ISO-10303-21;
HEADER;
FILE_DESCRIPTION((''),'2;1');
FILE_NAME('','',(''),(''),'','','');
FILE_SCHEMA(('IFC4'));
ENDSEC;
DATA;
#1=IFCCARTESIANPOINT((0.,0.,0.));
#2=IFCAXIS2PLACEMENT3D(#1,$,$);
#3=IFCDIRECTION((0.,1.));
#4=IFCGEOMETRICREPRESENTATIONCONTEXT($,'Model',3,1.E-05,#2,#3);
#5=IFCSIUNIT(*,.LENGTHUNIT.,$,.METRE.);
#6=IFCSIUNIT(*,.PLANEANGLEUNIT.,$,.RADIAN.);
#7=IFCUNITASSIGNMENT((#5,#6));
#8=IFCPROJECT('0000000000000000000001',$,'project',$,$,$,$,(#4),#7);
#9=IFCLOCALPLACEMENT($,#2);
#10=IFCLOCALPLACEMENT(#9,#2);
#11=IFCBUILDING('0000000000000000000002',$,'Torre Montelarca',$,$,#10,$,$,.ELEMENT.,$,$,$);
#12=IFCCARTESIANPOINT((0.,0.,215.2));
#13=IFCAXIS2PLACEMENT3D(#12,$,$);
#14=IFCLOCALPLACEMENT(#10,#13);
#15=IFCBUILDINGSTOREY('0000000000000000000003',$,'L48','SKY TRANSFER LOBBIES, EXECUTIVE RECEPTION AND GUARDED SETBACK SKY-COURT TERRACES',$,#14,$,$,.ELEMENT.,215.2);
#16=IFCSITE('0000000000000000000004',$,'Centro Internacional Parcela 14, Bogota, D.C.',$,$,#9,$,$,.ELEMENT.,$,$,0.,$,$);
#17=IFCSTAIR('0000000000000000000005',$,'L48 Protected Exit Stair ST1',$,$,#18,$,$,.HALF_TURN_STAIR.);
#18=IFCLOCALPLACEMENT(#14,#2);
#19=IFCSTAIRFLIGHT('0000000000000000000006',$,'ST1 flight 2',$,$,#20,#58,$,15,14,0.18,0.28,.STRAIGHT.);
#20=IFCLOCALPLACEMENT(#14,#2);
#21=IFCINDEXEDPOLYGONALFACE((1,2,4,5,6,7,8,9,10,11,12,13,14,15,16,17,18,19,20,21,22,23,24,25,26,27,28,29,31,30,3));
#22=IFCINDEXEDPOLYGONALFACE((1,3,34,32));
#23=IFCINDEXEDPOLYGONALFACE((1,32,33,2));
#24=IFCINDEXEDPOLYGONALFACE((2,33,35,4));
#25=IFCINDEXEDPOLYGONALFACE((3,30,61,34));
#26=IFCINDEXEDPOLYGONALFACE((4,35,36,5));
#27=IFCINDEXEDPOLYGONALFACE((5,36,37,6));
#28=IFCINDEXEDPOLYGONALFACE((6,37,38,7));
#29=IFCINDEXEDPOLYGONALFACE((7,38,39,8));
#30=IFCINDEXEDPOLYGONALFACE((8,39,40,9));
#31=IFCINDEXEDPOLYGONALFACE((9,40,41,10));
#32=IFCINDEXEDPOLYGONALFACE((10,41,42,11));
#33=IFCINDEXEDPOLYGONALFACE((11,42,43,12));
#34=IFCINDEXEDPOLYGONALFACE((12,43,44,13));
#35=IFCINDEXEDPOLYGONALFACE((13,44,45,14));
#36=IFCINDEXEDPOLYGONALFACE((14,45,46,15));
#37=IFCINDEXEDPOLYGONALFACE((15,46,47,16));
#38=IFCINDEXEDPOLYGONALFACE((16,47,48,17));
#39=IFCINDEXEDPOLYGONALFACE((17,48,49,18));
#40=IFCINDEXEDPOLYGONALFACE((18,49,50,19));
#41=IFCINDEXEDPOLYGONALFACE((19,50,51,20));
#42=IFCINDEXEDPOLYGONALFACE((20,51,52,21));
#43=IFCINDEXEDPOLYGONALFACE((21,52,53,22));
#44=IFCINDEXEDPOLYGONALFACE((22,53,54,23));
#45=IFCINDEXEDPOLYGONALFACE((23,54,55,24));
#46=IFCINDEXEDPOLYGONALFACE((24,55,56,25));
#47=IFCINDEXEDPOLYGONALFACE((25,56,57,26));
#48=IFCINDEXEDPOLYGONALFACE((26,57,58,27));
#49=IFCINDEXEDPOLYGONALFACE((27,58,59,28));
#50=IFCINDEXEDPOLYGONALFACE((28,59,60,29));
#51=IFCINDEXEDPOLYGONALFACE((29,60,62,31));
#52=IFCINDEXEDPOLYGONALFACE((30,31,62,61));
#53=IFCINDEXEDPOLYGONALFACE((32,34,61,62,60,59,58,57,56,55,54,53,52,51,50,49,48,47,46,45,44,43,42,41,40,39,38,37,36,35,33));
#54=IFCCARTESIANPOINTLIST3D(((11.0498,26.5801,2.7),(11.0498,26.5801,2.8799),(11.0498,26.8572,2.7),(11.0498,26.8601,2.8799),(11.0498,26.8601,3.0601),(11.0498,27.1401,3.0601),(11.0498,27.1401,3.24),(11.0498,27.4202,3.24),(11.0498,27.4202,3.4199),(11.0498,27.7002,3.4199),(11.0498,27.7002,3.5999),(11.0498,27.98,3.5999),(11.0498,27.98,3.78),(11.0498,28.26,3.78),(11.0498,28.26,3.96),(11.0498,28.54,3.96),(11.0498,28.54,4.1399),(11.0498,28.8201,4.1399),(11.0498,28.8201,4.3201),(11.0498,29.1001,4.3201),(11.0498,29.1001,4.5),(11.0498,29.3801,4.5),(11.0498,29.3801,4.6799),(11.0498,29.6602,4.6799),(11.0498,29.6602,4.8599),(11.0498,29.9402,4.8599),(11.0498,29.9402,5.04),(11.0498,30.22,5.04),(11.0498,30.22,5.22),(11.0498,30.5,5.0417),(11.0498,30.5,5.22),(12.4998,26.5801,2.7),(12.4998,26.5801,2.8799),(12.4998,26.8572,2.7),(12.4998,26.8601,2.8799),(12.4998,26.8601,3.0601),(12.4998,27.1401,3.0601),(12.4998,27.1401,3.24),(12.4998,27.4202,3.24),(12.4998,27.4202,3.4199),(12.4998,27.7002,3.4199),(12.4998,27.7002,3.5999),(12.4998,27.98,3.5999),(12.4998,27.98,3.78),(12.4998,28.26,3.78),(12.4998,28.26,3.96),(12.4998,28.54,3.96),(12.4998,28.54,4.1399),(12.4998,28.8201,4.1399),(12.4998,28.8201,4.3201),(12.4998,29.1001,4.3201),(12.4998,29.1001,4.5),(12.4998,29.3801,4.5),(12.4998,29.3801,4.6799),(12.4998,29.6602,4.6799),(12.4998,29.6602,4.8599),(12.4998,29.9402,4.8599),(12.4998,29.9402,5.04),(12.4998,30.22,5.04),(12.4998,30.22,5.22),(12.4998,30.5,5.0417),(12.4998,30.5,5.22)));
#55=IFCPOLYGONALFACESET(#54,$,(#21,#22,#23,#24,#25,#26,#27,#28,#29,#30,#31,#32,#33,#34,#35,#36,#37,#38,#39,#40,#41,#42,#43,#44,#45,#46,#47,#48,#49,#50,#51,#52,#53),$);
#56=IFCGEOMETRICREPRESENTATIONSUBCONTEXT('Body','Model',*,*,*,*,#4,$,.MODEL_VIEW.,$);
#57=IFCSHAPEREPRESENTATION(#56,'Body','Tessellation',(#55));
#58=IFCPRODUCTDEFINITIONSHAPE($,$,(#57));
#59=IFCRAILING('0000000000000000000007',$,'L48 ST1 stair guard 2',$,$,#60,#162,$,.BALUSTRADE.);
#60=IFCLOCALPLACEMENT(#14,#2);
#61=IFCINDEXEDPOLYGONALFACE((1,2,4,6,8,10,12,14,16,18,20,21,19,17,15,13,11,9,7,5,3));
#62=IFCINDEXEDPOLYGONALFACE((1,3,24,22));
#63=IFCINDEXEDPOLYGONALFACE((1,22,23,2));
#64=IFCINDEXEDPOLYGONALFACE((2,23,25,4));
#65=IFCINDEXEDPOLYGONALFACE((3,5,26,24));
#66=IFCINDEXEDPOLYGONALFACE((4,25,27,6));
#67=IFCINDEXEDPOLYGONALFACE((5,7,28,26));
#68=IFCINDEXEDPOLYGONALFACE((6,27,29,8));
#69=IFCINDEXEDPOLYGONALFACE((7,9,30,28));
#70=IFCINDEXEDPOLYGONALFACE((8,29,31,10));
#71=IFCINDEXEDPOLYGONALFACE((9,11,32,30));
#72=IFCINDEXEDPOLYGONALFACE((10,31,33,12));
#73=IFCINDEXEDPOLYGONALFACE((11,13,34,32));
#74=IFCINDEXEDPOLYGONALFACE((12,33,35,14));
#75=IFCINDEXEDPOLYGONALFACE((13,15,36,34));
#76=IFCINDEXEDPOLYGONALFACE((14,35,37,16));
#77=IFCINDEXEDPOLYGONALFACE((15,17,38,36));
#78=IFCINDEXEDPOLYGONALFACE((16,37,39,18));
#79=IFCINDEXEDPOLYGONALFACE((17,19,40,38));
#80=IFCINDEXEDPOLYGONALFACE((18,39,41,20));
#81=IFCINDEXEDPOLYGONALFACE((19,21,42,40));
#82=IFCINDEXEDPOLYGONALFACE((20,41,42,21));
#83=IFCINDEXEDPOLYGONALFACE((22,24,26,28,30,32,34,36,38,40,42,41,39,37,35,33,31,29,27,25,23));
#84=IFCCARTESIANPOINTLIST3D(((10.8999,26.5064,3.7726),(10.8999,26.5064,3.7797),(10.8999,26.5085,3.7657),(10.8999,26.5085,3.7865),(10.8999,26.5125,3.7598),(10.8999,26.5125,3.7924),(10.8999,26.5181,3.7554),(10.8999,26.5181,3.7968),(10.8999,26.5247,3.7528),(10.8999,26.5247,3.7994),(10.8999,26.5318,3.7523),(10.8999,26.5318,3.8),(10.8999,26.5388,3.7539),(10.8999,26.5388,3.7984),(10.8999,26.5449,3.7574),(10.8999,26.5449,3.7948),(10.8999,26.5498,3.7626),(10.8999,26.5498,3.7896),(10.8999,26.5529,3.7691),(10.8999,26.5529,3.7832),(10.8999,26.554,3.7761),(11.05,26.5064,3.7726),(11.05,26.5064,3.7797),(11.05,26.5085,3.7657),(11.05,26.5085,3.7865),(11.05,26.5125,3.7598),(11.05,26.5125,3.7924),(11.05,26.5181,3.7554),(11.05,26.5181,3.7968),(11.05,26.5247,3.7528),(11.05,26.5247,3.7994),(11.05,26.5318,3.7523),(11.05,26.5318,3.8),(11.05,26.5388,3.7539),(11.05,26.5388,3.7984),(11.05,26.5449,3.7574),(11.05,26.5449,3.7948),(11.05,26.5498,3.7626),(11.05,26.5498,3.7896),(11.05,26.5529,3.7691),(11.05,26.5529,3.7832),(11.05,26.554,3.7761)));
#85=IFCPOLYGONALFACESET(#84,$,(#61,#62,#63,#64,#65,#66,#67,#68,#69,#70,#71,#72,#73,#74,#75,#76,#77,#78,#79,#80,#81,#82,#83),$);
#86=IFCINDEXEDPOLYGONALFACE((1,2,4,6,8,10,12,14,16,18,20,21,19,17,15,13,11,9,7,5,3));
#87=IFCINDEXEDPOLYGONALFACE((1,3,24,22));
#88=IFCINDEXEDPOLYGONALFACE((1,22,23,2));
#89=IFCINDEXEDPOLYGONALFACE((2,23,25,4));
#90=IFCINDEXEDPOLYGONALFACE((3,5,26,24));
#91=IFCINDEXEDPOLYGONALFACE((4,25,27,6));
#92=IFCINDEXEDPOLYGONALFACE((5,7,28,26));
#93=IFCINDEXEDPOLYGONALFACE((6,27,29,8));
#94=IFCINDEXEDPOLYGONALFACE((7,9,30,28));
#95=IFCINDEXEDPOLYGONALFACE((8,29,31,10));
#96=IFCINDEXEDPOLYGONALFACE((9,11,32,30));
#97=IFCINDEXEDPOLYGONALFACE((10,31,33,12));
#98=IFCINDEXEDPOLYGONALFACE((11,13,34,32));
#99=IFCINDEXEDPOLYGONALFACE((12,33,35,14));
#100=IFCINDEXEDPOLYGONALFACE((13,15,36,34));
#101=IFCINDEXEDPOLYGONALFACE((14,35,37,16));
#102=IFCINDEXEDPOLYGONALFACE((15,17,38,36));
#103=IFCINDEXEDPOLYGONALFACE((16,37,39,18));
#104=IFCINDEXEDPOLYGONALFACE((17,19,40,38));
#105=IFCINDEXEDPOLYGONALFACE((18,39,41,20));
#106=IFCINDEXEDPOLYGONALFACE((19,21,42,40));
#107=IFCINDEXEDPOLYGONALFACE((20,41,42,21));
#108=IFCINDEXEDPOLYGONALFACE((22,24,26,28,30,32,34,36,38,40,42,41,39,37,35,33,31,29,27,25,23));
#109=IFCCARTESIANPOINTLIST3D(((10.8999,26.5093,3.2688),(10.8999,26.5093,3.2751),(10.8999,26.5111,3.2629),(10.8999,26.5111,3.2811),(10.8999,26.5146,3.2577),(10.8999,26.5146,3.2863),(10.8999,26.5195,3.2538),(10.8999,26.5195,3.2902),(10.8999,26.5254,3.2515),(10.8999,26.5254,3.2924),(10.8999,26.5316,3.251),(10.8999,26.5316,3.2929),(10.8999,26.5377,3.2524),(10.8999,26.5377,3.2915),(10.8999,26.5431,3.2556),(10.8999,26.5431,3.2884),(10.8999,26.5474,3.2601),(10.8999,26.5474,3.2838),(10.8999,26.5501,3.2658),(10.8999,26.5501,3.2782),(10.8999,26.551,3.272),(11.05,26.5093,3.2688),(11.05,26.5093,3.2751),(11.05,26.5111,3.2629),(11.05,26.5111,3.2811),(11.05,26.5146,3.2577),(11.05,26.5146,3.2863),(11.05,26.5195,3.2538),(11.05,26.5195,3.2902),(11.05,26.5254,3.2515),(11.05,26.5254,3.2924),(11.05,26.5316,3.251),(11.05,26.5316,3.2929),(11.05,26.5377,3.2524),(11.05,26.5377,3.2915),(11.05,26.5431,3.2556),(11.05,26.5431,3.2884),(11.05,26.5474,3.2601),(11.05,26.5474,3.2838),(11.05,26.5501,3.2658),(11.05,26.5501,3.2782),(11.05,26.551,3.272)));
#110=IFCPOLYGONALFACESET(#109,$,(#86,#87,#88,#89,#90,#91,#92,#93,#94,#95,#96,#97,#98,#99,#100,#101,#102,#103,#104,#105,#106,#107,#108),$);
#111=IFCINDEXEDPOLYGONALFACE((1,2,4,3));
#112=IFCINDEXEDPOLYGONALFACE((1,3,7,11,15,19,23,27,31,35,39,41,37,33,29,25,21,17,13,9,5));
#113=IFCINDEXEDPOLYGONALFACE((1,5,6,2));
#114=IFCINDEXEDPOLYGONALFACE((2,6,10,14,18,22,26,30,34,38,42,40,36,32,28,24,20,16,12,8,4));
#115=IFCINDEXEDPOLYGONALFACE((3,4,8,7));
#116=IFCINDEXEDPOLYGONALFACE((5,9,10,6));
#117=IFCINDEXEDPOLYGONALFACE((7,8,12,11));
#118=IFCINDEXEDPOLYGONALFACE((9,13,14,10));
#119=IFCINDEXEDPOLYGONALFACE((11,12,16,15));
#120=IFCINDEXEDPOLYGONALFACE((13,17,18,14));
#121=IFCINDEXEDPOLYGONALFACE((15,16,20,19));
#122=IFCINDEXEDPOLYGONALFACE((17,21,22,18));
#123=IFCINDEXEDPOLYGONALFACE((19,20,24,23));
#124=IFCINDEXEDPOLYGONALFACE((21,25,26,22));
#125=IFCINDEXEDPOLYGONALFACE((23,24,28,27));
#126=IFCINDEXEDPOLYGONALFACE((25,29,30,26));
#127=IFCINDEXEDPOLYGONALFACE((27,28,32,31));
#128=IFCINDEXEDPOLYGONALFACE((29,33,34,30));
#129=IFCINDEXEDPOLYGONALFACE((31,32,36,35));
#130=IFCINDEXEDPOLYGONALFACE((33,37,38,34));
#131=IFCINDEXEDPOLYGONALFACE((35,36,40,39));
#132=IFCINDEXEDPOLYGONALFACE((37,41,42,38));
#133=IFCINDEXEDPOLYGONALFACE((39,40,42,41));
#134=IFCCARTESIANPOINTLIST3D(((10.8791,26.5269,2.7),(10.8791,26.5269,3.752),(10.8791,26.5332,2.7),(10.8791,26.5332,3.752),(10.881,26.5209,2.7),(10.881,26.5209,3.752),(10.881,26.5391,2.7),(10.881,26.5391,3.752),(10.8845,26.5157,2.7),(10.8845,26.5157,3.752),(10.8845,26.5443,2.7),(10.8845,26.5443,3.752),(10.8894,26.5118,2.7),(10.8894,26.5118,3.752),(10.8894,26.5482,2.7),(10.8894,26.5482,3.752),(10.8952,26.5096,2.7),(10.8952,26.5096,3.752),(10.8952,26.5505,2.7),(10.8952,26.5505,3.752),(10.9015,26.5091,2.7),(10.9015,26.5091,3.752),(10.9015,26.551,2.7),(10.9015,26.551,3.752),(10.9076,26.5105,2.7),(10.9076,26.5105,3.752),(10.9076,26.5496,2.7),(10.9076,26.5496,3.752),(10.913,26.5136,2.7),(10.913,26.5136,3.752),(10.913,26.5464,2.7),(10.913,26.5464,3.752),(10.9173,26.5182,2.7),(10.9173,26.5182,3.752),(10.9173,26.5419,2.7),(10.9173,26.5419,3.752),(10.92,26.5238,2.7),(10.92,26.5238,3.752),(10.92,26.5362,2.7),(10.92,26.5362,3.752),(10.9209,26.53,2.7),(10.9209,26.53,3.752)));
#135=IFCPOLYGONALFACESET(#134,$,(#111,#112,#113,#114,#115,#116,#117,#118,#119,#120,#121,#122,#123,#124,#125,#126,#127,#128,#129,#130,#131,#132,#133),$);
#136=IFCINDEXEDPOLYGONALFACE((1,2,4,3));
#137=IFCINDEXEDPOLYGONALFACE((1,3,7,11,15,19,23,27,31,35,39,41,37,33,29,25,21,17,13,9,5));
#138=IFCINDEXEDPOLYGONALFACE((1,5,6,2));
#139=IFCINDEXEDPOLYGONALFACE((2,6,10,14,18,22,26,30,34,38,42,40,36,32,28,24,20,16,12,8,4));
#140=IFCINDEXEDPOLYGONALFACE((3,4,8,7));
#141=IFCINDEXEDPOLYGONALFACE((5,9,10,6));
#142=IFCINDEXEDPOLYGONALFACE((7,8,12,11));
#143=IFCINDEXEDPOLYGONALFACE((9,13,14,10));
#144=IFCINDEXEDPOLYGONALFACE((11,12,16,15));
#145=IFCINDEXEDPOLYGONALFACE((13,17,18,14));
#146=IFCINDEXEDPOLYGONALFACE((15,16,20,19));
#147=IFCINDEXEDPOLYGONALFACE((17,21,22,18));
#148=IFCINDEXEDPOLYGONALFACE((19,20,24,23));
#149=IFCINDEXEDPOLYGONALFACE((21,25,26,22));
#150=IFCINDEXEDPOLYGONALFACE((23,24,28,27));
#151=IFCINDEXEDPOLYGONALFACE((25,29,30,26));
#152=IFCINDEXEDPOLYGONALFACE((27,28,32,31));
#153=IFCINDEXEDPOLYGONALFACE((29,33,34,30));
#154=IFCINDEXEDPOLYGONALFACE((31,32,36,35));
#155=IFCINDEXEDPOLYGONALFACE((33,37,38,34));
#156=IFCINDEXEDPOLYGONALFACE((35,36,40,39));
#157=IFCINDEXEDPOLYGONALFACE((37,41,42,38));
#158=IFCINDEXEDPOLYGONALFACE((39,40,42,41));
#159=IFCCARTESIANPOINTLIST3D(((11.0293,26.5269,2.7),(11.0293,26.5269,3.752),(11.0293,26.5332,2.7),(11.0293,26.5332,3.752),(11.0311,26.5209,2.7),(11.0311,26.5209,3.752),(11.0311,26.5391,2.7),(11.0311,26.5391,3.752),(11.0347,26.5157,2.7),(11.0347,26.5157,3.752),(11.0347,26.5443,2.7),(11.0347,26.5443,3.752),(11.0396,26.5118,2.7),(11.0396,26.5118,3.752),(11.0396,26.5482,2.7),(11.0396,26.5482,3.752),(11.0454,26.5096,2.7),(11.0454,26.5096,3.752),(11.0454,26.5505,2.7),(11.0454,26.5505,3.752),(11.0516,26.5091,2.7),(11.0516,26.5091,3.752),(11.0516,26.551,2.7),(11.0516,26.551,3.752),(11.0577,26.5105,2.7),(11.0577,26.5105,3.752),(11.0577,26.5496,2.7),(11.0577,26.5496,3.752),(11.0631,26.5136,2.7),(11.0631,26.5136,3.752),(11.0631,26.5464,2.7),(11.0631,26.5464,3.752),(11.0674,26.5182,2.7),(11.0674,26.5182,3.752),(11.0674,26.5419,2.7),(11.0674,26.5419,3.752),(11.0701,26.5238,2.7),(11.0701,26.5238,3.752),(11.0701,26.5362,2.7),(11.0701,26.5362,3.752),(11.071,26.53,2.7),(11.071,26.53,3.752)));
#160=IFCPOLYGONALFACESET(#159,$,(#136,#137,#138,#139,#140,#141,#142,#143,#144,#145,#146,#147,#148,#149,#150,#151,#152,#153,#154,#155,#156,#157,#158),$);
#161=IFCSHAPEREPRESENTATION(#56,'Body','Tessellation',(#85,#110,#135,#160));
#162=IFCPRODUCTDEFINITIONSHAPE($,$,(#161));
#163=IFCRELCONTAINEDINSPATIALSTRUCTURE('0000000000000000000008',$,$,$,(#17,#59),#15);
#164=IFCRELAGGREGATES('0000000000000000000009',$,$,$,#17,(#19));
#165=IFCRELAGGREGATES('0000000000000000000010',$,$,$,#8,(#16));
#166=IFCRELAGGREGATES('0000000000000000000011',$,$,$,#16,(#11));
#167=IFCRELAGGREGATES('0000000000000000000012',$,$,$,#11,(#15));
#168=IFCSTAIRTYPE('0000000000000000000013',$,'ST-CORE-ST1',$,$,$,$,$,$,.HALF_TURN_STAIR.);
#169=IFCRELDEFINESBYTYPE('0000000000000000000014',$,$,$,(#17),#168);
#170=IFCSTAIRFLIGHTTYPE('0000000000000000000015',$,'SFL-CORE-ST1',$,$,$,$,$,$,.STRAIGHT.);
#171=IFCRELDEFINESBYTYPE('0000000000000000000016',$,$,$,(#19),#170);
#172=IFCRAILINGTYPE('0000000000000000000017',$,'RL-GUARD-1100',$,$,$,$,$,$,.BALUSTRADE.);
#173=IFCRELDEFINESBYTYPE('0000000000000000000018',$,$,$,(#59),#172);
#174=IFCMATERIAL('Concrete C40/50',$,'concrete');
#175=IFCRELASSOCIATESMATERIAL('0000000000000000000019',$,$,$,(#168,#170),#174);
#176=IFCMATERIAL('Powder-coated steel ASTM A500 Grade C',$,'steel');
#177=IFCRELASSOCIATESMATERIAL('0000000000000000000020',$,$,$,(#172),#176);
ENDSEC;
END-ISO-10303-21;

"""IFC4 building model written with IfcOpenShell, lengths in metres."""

from ifc_helpers import new_model, si_unit, direction, frame, origin, origin_2d, place, context, subcontext, project, spatial, polyline, circle, outline, extrude, material, type_object, element, aggregate, save


model = new_model("IFC4")

# Units and contexts
model_context = context("Model", 3, precision=1e-05, world=origin(), true_north=direction((0.0, 1.0)))
body_context = subcontext(model_context, "Body", "Model", "MODEL_VIEW")
ifc_project = project(units=[si_unit("LENGTHUNIT", "METRE"), si_unit("PLANEANGLEUNIT", "RADIAN")], contexts=[model_context])

# Site, building, storey
site_placement = place(None, origin())
site = spatial("IfcSite", under=ifc_project, at=site_placement, Name="Centro Internacional Parcela 14, Bogota, D.C.", CompositionType="ELEMENT", RefElevation=0.0)
building_placement = place(site_placement, origin())
building = spatial("IfcBuilding", under=site, at=building_placement, Name="Torre Montelarca", CompositionType="ELEMENT")
storey_placement = place(building_placement, frame((0.0, 0.0, 215.2)))
storey = spatial("IfcBuildingStorey", under=building, at=storey_placement, Name="L48", Description="SKY TRANSFER LOBBIES, EXECUTIVE RECEPTION AND GUARDED SETBACK SKY-COURT TERRACES", CompositionType="ELEMENT", Elevation=215.2)

# Shared definitions
ifc_material_1 = material(Name="Concrete C40/50", Category="concrete")

# Stair, stair flight
stair_type = type_object("IfcStairType", Name="ST-CORE-ST1", PredefinedType="HALF_TURN_STAIR", material=ifc_material_1)
stair_placement = place(storey_placement, origin())
stair = element("IfcStair", 1, at=stair_placement, inside=storey, type_object=stair_type, Name="L48 Protected Exit Stair ST1", PredefinedType="HALF_TURN_STAIR")
stair_flight_type = type_object("IfcStairFlightType", Name="SFL-CORE-ST1", PredefinedType="STRAIGHT", material=ifc_material_1)
stair_flight_placement = place(storey_placement, frame((11.7749, 26.5801, 2.7), z_axis=(0.0, 0.0, 1.0), x_axis=(0.0, 1.0, 0.0)))
stair_flight = element("IfcStairFlight", 2, at=stair_flight_placement, type_object=stair_flight_type, Name="ST1 flight 2", NumberOfRisers=15, NumberOfTreads=14, PredefinedType="STRAIGHT", RiserHeight=0.18, TreadLength=0.28, context=body_context, shape_type="SweptSolid", body=[
    extrude(outline(polyline([(0.0, 0.0), (0.0, 0.1799), (0.28, 0.1799), (0.28, 0.3601), (0.5601, 0.3601), (0.5601, 0.54), (0.8401, 0.54), (0.8401, 0.72), (1.1201, 0.72), (1.1201, 0.8999), (1.3999, 0.8999), (1.3999, 1.0801), (1.6799, 1.0801), (1.6799, 1.26), (1.96, 1.26), (1.96, 1.4399), (2.24, 1.4399), (2.24, 1.6201), (2.52, 1.6201), (2.52, 1.8), (2.8, 1.8), (2.8, 1.98), (3.0801, 1.98), (3.0801, 2.1599), (3.3601, 2.1599), (3.3601, 2.3401), (3.6399, 2.3401), (3.6399, 2.52), (3.9199, 2.52), (3.9199, 2.7), (3.9199, 2.3418), (0.2771, 0.0), (0.0, 0.0)])), frame((0.0, 0.7251, 0.0), z_axis=(0.0, -1.0, 0.0), x_axis=(1.0, 0.0, 0.0)), (0.0, 0.0, 1.0), 1.45),
])
aggregate(stair, [stair_flight])

# Railing
ifc_material_2 = material(Name="Powder-coated steel ASTM A500 Grade C", Category="steel")
railing_type_1 = type_object("IfcRailingType", Name="RL-GUARD-1100", PredefinedType="BALUSTRADE", material=ifc_material_2)
railing_1_placement = place(storey_placement, frame((10.8999, 26.53, 2.7)))
element("IfcRailing", 3, at=railing_1_placement, inside=storey, type_object=railing_type_1, Name="L48 ST1 stair guard 2", PredefinedType="BALUSTRADE", context=body_context, shape_type="SweptSolid", body=[
    extrude(circle(Radius=0.0239, at=origin_2d()), frame((0.0, 0.0, 1.0762), z_axis=(1.0, 0.0, 0.0), x_axis=(0.0, 1.0, 0.0)), (0.0, 0.0, 1.0), 0.1501),
    extrude(circle(Radius=0.021, at=origin_2d()), frame((0.0, 0.0, 0.572), z_axis=(1.0, 0.0, 0.0), x_axis=(0.0, 1.0, 0.0)), (0.0, 0.0, 1.0), 0.1501),
    extrude(circle(Radius=0.021, at=origin_2d()), origin(), (0.0, 0.0, 1.0), 1.052),
    extrude(circle(Radius=0.021, at=origin_2d()), frame((0.1501, 0.0, 0.0)), (0.0, 0.0, 1.0), 1.052),
])

save(model, "model.ifc")
